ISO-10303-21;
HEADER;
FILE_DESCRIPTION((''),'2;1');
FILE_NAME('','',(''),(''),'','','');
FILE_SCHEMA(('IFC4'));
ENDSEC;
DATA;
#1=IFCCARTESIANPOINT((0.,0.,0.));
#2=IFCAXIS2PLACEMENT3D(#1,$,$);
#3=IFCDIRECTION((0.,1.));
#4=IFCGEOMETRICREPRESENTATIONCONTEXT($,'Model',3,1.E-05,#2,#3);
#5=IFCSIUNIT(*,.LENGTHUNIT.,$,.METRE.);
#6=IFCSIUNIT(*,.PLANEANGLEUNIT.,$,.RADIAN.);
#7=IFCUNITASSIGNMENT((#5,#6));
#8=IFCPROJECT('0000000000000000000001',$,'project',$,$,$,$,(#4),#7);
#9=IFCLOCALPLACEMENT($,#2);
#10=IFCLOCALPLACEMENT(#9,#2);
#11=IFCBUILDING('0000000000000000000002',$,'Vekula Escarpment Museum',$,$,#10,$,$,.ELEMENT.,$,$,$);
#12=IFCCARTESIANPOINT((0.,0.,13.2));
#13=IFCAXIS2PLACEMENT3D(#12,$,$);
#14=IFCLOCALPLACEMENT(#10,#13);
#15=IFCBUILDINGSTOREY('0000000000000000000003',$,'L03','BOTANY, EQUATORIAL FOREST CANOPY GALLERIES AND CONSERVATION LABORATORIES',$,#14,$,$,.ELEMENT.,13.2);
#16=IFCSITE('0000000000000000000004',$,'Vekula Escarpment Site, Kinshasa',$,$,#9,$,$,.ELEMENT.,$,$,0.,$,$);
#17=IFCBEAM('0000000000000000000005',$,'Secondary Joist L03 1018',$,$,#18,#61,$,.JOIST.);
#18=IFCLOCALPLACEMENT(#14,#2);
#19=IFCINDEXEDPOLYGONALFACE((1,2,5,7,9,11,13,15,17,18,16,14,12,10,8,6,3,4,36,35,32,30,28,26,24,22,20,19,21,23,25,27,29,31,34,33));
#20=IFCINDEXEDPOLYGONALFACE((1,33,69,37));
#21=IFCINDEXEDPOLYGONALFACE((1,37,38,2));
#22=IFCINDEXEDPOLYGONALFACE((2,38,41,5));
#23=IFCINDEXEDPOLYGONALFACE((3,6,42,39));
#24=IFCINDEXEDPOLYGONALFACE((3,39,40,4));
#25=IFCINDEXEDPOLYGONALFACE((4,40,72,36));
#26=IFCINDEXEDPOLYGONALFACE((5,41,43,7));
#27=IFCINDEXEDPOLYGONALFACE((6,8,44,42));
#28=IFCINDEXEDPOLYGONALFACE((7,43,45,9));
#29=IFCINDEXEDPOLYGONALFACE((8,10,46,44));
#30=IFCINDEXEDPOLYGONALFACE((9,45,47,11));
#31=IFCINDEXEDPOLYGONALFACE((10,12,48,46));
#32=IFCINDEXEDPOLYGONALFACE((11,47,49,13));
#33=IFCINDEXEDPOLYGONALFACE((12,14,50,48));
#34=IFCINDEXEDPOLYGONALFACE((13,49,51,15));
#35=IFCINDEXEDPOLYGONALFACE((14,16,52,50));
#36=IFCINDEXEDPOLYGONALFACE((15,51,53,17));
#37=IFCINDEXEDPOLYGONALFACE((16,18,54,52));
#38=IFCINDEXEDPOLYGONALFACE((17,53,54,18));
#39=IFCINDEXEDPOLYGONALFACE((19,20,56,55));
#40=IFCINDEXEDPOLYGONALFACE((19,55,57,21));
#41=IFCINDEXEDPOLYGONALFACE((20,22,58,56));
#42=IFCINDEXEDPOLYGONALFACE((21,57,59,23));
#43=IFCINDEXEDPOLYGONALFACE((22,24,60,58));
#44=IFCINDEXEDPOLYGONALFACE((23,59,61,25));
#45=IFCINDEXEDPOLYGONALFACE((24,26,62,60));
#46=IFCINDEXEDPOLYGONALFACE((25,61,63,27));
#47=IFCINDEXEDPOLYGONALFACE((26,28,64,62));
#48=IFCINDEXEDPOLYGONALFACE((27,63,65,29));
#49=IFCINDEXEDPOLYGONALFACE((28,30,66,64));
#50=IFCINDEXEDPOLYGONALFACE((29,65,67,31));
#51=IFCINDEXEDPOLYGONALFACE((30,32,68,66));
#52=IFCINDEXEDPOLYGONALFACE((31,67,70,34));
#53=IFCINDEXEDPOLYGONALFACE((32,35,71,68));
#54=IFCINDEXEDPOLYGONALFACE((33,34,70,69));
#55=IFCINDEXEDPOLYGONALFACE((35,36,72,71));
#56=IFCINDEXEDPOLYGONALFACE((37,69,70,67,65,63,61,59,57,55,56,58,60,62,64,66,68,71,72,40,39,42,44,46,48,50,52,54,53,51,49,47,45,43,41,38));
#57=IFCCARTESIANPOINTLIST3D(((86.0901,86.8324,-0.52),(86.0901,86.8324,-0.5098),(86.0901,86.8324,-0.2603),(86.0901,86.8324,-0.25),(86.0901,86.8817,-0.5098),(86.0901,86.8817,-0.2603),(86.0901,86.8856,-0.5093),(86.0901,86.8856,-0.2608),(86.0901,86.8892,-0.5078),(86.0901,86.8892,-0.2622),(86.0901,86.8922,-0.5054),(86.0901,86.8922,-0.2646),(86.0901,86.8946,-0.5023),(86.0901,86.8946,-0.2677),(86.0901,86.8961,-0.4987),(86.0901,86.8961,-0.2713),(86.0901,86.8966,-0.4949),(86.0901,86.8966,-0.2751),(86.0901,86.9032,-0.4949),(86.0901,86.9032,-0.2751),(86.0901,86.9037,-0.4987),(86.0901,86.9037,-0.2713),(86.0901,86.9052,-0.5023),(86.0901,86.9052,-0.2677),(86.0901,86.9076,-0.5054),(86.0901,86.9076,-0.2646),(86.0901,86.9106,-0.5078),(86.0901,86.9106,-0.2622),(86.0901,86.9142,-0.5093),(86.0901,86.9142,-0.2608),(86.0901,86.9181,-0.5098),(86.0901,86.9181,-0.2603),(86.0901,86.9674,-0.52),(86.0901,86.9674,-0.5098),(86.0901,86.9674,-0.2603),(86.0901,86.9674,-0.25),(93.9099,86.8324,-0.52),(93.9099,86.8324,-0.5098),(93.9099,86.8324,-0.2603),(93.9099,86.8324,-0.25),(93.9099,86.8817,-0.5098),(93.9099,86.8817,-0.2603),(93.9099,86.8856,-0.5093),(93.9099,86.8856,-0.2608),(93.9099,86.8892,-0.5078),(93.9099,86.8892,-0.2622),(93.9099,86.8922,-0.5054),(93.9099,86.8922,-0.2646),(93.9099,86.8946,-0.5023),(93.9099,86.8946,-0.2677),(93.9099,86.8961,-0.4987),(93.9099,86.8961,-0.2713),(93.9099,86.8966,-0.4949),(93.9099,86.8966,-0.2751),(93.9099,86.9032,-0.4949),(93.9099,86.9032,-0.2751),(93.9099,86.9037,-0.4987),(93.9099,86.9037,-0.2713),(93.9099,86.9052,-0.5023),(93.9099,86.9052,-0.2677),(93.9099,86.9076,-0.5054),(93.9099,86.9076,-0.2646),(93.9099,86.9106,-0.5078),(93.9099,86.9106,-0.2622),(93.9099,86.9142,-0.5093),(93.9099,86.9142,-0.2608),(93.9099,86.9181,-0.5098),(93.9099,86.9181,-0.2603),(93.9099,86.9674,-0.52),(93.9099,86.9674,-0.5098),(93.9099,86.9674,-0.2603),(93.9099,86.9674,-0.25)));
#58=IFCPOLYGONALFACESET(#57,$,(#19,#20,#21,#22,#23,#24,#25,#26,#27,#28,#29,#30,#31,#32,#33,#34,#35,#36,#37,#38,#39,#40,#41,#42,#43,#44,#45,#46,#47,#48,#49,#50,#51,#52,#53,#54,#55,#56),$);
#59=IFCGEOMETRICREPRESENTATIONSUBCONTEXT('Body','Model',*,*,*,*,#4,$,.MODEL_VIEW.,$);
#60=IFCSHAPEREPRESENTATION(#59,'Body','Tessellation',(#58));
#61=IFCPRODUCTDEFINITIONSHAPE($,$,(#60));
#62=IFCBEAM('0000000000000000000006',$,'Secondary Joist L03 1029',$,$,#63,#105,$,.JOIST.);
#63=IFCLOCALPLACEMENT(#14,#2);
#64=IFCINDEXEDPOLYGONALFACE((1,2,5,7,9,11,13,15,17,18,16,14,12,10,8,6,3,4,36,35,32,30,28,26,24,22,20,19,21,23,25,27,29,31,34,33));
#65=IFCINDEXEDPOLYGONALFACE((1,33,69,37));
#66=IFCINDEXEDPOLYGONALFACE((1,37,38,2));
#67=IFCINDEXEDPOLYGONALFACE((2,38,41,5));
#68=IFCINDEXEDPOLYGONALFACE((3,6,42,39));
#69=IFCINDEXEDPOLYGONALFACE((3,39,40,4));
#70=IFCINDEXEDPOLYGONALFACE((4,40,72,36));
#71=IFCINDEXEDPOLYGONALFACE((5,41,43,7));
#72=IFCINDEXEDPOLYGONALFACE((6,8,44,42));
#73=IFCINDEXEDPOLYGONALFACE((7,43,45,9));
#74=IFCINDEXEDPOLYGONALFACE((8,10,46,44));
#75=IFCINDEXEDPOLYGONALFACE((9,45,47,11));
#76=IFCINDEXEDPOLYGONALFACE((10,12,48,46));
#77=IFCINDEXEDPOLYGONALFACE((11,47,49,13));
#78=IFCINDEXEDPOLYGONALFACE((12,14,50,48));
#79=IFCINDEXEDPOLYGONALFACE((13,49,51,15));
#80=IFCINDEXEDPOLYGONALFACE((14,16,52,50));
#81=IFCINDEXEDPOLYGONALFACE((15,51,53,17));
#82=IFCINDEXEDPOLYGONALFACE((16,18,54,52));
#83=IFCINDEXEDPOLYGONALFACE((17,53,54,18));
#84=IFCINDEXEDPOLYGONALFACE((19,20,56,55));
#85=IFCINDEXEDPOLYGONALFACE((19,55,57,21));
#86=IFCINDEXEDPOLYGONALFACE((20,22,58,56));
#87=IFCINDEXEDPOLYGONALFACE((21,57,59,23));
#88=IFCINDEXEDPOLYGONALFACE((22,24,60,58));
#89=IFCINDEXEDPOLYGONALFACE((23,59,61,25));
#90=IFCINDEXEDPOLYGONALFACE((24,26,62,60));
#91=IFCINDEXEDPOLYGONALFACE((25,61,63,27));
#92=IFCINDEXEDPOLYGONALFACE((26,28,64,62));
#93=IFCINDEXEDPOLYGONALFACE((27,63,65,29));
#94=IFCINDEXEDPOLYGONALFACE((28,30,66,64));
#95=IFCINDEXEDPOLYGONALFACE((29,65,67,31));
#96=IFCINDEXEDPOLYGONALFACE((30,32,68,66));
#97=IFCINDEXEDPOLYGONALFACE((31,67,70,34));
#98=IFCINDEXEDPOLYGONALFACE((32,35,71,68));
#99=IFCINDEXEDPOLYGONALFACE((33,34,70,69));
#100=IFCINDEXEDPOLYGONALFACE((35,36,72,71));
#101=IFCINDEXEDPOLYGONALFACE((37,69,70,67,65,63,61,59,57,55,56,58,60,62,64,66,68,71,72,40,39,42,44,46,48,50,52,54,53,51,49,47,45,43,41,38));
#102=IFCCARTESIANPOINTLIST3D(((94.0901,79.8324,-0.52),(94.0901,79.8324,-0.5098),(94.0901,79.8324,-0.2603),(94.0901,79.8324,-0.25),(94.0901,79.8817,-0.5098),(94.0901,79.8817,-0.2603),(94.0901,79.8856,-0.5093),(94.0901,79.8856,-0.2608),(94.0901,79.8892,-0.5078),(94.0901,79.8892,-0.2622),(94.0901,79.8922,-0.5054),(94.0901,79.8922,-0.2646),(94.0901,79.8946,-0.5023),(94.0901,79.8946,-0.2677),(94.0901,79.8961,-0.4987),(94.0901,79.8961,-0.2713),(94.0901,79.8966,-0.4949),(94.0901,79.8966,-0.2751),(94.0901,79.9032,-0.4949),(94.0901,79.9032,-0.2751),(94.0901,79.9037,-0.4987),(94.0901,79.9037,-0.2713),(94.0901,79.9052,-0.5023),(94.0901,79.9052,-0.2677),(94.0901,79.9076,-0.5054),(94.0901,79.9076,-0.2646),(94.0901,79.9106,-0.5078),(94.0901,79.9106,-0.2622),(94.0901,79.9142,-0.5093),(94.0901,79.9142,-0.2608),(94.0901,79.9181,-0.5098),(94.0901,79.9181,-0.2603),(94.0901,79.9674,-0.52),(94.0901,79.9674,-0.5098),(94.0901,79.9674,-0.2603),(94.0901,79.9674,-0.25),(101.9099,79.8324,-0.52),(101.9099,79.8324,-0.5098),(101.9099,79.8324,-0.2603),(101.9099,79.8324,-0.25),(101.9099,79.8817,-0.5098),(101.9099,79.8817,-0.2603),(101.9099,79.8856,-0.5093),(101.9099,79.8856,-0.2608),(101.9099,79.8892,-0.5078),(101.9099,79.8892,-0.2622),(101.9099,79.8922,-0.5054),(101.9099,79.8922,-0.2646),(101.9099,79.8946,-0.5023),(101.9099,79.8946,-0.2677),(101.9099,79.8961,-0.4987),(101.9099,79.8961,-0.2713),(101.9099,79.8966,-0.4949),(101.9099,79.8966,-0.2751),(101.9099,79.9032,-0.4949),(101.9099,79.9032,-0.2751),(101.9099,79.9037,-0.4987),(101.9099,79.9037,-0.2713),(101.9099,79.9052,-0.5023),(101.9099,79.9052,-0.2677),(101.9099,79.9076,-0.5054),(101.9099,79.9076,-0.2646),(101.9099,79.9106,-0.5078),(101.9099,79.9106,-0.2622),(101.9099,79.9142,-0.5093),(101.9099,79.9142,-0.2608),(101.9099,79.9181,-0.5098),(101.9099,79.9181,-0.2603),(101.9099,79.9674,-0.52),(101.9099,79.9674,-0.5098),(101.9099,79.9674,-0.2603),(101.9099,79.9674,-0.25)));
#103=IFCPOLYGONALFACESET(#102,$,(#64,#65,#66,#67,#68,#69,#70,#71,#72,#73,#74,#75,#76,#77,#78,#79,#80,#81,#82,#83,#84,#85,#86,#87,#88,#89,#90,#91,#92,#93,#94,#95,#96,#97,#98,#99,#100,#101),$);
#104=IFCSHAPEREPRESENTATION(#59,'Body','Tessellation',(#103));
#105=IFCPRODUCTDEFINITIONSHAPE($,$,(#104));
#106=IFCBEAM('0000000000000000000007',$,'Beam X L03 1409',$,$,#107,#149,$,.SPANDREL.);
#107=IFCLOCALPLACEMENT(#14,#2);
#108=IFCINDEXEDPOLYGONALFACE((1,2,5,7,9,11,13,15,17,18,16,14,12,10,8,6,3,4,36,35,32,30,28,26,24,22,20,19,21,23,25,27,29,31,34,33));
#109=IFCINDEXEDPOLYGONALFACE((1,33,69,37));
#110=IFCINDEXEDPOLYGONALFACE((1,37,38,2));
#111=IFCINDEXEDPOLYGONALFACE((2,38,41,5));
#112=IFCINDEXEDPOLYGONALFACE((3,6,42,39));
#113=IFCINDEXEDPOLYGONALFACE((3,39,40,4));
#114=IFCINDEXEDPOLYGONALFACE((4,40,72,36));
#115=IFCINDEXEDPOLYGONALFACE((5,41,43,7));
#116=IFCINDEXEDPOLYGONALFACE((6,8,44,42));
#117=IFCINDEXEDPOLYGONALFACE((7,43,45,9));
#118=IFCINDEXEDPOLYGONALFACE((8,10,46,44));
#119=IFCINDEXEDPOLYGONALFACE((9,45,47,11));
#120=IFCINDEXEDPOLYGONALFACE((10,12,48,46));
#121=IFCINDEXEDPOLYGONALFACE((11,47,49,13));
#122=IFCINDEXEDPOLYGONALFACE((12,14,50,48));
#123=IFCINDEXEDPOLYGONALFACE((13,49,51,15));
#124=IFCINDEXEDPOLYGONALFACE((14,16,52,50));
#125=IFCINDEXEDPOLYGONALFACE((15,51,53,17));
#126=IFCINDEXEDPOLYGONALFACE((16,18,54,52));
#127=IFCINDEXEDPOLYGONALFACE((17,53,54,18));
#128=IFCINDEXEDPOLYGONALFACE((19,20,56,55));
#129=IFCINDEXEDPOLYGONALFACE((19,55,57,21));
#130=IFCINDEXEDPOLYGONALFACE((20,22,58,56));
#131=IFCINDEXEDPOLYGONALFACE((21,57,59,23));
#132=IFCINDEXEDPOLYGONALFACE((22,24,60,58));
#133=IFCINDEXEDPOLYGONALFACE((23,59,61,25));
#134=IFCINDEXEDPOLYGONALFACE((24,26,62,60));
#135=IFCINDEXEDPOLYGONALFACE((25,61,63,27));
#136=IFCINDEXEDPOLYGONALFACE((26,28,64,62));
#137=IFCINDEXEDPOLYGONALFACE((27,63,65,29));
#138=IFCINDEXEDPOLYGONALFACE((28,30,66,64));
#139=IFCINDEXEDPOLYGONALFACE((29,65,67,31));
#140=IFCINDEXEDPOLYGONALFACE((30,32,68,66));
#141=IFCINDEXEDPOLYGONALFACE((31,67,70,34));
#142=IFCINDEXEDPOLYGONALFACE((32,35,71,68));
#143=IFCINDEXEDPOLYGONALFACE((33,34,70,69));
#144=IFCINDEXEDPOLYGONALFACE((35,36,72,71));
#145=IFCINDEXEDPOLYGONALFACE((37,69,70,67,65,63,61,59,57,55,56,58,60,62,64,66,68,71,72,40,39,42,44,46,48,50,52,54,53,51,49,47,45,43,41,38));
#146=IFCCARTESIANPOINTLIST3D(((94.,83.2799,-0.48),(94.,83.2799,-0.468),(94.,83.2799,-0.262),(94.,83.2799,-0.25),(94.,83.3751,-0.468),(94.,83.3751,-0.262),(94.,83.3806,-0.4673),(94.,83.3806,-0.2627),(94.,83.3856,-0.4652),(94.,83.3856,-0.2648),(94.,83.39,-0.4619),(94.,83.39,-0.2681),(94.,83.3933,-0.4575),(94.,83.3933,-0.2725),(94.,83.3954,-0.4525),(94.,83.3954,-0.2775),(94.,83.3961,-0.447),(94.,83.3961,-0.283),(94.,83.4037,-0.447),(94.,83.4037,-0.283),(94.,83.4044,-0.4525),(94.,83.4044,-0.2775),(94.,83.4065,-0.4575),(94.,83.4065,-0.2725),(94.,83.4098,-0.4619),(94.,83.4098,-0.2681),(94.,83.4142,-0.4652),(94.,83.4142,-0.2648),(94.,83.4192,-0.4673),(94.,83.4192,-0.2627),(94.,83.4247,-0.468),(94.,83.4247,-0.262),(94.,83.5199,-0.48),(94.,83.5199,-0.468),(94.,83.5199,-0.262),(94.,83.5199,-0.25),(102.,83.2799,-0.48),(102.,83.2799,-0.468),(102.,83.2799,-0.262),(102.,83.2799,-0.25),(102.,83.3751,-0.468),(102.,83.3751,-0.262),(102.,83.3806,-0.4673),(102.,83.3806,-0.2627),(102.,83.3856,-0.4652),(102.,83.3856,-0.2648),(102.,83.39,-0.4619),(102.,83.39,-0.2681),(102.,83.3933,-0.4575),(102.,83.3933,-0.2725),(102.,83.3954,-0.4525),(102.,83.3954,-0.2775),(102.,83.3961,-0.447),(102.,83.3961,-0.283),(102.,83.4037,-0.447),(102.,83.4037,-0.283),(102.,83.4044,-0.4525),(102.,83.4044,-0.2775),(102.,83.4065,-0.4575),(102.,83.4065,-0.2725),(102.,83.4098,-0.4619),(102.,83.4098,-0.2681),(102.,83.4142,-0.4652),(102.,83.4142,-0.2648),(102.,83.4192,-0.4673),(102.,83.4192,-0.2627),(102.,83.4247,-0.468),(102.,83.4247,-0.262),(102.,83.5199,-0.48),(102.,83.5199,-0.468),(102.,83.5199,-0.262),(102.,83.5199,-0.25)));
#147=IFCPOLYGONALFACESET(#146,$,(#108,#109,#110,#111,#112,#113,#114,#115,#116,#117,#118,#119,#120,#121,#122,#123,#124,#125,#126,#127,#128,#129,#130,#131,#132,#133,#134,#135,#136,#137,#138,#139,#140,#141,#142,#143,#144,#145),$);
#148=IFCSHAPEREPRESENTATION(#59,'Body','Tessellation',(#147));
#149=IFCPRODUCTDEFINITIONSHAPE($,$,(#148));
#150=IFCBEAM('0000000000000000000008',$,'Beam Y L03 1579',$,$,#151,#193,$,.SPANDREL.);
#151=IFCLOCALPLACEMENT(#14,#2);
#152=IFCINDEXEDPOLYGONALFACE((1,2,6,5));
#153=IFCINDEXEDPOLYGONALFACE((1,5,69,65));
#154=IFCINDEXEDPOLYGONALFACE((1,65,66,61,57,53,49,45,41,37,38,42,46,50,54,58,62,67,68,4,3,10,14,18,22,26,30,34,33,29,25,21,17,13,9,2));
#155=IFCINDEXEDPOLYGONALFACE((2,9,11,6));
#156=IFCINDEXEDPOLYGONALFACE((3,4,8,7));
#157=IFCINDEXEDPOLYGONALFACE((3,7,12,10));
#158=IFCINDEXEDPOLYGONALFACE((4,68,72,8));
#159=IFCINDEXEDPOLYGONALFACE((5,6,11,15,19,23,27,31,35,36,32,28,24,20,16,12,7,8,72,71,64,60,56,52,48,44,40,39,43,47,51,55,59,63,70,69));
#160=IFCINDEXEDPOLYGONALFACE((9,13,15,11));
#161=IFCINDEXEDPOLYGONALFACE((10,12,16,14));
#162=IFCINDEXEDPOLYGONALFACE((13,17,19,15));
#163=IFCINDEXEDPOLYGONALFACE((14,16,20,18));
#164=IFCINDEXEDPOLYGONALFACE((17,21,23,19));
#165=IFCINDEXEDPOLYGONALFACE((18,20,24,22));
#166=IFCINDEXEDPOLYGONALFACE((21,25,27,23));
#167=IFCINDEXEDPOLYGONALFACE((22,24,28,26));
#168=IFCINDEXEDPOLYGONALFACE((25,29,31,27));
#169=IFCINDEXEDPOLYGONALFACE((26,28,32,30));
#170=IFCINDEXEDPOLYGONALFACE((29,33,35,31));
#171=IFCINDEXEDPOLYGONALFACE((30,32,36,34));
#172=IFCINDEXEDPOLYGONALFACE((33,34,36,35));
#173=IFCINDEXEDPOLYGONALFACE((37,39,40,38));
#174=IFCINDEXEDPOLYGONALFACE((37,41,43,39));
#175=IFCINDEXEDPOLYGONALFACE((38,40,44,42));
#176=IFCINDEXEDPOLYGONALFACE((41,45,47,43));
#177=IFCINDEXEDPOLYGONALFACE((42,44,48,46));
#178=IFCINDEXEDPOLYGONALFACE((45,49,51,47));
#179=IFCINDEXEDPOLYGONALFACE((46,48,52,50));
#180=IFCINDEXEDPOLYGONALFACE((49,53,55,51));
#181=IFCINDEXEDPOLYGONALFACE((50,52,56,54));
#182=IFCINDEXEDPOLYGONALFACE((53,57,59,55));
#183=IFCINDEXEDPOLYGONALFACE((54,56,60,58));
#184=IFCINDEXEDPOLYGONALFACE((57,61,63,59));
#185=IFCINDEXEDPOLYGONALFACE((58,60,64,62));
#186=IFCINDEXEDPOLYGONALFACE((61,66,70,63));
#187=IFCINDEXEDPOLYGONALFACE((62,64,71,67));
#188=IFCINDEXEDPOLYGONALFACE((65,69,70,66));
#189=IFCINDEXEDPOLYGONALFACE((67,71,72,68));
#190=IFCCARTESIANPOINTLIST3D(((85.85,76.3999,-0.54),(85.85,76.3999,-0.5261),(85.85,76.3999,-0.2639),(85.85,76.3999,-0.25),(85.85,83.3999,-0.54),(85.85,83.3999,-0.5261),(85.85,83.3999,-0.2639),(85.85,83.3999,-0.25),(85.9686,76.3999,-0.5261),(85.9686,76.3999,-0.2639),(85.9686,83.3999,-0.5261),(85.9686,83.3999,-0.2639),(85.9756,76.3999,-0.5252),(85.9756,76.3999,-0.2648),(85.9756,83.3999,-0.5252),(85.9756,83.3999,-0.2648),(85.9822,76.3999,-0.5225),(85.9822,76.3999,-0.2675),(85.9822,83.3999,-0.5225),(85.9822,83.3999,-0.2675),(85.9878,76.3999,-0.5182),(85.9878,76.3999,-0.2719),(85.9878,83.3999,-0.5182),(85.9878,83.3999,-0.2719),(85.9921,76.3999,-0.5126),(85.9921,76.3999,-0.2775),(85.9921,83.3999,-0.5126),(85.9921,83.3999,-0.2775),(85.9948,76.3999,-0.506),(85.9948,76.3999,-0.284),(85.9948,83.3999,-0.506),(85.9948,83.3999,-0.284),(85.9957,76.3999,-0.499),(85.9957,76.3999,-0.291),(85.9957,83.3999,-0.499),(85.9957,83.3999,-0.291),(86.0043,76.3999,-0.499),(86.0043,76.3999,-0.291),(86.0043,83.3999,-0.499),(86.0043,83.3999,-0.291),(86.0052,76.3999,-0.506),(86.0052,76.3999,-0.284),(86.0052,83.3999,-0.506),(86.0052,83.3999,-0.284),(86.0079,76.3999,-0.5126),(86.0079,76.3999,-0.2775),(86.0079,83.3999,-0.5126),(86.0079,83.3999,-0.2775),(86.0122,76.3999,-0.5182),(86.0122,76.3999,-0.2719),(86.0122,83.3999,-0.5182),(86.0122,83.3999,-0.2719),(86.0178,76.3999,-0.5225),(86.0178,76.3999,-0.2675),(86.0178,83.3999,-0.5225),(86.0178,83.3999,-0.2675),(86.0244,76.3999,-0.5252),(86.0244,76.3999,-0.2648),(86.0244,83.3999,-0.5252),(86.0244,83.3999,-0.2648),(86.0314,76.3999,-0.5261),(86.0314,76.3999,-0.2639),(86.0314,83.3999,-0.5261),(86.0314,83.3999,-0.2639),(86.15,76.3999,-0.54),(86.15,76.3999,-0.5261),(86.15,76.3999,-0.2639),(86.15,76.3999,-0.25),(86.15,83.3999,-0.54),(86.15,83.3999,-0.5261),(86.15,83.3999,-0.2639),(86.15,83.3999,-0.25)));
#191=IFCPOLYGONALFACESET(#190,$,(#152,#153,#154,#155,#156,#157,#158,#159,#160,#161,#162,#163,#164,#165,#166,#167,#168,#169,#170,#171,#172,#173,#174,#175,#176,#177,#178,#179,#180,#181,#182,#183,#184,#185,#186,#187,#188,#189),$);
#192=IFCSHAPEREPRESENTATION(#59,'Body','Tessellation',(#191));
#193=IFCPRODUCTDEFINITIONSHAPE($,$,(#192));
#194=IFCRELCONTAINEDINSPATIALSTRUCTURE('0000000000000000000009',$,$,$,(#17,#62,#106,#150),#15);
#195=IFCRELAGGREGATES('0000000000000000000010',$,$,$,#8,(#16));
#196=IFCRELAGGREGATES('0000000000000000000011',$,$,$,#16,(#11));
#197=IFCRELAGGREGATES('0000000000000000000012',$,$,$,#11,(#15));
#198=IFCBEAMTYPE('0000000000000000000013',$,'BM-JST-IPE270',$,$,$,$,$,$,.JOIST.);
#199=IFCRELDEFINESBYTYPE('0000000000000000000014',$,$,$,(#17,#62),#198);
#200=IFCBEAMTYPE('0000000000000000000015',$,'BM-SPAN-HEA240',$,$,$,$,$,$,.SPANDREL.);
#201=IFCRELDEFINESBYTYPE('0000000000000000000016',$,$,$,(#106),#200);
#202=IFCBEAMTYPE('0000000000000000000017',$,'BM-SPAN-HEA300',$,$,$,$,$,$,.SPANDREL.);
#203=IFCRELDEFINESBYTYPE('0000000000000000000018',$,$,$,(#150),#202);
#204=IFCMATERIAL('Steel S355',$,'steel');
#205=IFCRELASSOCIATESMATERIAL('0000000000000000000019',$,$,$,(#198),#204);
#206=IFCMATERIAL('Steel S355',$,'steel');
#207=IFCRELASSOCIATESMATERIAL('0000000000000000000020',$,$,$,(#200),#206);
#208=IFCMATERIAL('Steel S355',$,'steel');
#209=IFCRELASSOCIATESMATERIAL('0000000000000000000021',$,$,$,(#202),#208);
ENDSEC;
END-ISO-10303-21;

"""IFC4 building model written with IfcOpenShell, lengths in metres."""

from ifc_helpers import new_model, si_unit, direction, frame, origin, origin_2d, place, context, subcontext, project, spatial, i_section, extrude, material, material_profile, profile_set, type_object, element, save


model = new_model("IFC4")

# Units and contexts
model_context = context("Model", 3, precision=1e-05, world=origin(), true_north=direction((0.0, 1.0)))
body_context = subcontext(model_context, "Body", "Model", "MODEL_VIEW")
ifc_project = project(units=[si_unit("LENGTHUNIT", "METRE"), si_unit("PLANEANGLEUNIT", "RADIAN")], contexts=[model_context])

# Site, building, storey
site_placement = place(None, origin())
site = spatial("IfcSite", under=ifc_project, at=site_placement, Name="Vekula Escarpment Site, Kinshasa", CompositionType="ELEMENT", RefElevation=0.0)
building_placement = place(site_placement, origin())
building = spatial("IfcBuilding", under=site, at=building_placement, Name="Vekula Escarpment Museum", CompositionType="ELEMENT")
storey_placement = place(building_placement, frame((0.0, 0.0, 13.2)))
storey = spatial("IfcBuildingStorey", under=building, at=storey_placement, Name="L03", Description="BOTANY, EQUATORIAL FOREST CANOPY GALLERIES AND CONSERVATION LABORATORIES", CompositionType="ELEMENT", Elevation=13.2)

# Beams
ifc_material_1 = material(Name="Steel S355", Category="steel")
ifc_material_profile_1 = material_profile(ifc_material_1, i_section(OverallWidth=0.135, OverallDepth=0.27, WebThickness=0.0066, FlangeThickness=0.0103, FilletRadius=0.0149, at=origin_2d()), Name="IPE 270")
ifc_profile_set_1 = profile_set([ifc_material_profile_1], Name="Steel S355")
beam_type_1 = type_object("IfcBeamType", Name="BM-JST-IPE270", PredefinedType="JOIST", material=ifc_profile_set_1)
for number, where, z_axis, x_axis, name in (
    (1, (86.0901, 86.8999, -0.385), (1.0, 0.0, 0.0), (0.0, 1.0, 0.0), "Secondary Joist L03 1018"),
    (2, (94.0901, 79.8999, -0.385), (1.0, 0.0, 0.0), (0.0, 1.0, 0.0), "Secondary Joist L03 1029"),
):
    element("IfcBeam", number, at=place(storey_placement, frame(where, z_axis=z_axis, x_axis=x_axis)), inside=storey, type_object=beam_type_1, Name=name, PredefinedType="JOIST", context=body_context, shape_type="SweptSolid", body=[
        extrude(i_section(OverallWidth=0.135, OverallDepth=0.27, WebThickness=0.0066, FlangeThickness=0.0103, FilletRadius=0.0149, at=origin_2d()), origin(), (0.0, 0.0, 1.0), 7.8198),
    ])
ifc_material_2 = material(Name="Steel S355", Category="steel")
ifc_material_profile_2 = material_profile(ifc_material_2, i_section(OverallWidth=0.24, OverallDepth=0.23, WebThickness=0.0076, FlangeThickness=0.012, FilletRadius=0.021, at=origin_2d()), Name="HEA 240")
ifc_profile_set_2 = profile_set([ifc_material_profile_2], Name="Steel S355")
beam_type_2 = type_object("IfcBeamType", Name="BM-SPAN-HEA240", PredefinedType="SPANDREL", material=ifc_profile_set_2)
beam_1_placement = place(storey_placement, frame((94.0, 83.3999, -0.365), z_axis=(1.0, 0.0, 0.0), x_axis=(0.0, 1.0, 0.0)))
element("IfcBeam", 3, at=beam_1_placement, inside=storey, type_object=beam_type_2, Name="Beam X L03 1409", PredefinedType="SPANDREL", context=body_context, shape_type="SweptSolid", body=[
    extrude(i_section(OverallWidth=0.24, OverallDepth=0.23, WebThickness=0.0076, FlangeThickness=0.012, FilletRadius=0.021, at=origin_2d()), origin(), (0.0, 0.0, 1.0), 8.0),
])
ifc_material_3 = material(Name="Steel S355", Category="steel")
ifc_material_profile_3 = material_profile(ifc_material_3, i_section(OverallWidth=0.3, OverallDepth=0.29, WebThickness=0.0085, FlangeThickness=0.0139, FilletRadius=0.0271, at=origin_2d()), Name="HEA 300")
ifc_profile_set_3 = profile_set([ifc_material_profile_3], Name="Steel S355")
beam_type_3 = type_object("IfcBeamType", Name="BM-SPAN-HEA300", PredefinedType="SPANDREL", material=ifc_profile_set_3)
for number, where, z_axis, x_axis, name in (
    (4, (86.0, 76.3999, -0.395), (0.0, 1.0, 0.0), (-1.0, 0.0, 0.0), "Beam Y L03 1579"),
):
    element("IfcBeam", number, at=place(storey_placement, frame(where, z_axis=z_axis, x_axis=x_axis)), inside=storey, type_object=beam_type_3, Name=name, PredefinedType="SPANDREL", context=body_context, shape_type="SweptSolid", body=[
        extrude(i_section(OverallWidth=0.3, OverallDepth=0.29, WebThickness=0.0085, FlangeThickness=0.0139, FilletRadius=0.0271, at=origin_2d()), origin(), (0.0, 0.0, 1.0), 7.0),
    ])

save(model, "model.ifc")
